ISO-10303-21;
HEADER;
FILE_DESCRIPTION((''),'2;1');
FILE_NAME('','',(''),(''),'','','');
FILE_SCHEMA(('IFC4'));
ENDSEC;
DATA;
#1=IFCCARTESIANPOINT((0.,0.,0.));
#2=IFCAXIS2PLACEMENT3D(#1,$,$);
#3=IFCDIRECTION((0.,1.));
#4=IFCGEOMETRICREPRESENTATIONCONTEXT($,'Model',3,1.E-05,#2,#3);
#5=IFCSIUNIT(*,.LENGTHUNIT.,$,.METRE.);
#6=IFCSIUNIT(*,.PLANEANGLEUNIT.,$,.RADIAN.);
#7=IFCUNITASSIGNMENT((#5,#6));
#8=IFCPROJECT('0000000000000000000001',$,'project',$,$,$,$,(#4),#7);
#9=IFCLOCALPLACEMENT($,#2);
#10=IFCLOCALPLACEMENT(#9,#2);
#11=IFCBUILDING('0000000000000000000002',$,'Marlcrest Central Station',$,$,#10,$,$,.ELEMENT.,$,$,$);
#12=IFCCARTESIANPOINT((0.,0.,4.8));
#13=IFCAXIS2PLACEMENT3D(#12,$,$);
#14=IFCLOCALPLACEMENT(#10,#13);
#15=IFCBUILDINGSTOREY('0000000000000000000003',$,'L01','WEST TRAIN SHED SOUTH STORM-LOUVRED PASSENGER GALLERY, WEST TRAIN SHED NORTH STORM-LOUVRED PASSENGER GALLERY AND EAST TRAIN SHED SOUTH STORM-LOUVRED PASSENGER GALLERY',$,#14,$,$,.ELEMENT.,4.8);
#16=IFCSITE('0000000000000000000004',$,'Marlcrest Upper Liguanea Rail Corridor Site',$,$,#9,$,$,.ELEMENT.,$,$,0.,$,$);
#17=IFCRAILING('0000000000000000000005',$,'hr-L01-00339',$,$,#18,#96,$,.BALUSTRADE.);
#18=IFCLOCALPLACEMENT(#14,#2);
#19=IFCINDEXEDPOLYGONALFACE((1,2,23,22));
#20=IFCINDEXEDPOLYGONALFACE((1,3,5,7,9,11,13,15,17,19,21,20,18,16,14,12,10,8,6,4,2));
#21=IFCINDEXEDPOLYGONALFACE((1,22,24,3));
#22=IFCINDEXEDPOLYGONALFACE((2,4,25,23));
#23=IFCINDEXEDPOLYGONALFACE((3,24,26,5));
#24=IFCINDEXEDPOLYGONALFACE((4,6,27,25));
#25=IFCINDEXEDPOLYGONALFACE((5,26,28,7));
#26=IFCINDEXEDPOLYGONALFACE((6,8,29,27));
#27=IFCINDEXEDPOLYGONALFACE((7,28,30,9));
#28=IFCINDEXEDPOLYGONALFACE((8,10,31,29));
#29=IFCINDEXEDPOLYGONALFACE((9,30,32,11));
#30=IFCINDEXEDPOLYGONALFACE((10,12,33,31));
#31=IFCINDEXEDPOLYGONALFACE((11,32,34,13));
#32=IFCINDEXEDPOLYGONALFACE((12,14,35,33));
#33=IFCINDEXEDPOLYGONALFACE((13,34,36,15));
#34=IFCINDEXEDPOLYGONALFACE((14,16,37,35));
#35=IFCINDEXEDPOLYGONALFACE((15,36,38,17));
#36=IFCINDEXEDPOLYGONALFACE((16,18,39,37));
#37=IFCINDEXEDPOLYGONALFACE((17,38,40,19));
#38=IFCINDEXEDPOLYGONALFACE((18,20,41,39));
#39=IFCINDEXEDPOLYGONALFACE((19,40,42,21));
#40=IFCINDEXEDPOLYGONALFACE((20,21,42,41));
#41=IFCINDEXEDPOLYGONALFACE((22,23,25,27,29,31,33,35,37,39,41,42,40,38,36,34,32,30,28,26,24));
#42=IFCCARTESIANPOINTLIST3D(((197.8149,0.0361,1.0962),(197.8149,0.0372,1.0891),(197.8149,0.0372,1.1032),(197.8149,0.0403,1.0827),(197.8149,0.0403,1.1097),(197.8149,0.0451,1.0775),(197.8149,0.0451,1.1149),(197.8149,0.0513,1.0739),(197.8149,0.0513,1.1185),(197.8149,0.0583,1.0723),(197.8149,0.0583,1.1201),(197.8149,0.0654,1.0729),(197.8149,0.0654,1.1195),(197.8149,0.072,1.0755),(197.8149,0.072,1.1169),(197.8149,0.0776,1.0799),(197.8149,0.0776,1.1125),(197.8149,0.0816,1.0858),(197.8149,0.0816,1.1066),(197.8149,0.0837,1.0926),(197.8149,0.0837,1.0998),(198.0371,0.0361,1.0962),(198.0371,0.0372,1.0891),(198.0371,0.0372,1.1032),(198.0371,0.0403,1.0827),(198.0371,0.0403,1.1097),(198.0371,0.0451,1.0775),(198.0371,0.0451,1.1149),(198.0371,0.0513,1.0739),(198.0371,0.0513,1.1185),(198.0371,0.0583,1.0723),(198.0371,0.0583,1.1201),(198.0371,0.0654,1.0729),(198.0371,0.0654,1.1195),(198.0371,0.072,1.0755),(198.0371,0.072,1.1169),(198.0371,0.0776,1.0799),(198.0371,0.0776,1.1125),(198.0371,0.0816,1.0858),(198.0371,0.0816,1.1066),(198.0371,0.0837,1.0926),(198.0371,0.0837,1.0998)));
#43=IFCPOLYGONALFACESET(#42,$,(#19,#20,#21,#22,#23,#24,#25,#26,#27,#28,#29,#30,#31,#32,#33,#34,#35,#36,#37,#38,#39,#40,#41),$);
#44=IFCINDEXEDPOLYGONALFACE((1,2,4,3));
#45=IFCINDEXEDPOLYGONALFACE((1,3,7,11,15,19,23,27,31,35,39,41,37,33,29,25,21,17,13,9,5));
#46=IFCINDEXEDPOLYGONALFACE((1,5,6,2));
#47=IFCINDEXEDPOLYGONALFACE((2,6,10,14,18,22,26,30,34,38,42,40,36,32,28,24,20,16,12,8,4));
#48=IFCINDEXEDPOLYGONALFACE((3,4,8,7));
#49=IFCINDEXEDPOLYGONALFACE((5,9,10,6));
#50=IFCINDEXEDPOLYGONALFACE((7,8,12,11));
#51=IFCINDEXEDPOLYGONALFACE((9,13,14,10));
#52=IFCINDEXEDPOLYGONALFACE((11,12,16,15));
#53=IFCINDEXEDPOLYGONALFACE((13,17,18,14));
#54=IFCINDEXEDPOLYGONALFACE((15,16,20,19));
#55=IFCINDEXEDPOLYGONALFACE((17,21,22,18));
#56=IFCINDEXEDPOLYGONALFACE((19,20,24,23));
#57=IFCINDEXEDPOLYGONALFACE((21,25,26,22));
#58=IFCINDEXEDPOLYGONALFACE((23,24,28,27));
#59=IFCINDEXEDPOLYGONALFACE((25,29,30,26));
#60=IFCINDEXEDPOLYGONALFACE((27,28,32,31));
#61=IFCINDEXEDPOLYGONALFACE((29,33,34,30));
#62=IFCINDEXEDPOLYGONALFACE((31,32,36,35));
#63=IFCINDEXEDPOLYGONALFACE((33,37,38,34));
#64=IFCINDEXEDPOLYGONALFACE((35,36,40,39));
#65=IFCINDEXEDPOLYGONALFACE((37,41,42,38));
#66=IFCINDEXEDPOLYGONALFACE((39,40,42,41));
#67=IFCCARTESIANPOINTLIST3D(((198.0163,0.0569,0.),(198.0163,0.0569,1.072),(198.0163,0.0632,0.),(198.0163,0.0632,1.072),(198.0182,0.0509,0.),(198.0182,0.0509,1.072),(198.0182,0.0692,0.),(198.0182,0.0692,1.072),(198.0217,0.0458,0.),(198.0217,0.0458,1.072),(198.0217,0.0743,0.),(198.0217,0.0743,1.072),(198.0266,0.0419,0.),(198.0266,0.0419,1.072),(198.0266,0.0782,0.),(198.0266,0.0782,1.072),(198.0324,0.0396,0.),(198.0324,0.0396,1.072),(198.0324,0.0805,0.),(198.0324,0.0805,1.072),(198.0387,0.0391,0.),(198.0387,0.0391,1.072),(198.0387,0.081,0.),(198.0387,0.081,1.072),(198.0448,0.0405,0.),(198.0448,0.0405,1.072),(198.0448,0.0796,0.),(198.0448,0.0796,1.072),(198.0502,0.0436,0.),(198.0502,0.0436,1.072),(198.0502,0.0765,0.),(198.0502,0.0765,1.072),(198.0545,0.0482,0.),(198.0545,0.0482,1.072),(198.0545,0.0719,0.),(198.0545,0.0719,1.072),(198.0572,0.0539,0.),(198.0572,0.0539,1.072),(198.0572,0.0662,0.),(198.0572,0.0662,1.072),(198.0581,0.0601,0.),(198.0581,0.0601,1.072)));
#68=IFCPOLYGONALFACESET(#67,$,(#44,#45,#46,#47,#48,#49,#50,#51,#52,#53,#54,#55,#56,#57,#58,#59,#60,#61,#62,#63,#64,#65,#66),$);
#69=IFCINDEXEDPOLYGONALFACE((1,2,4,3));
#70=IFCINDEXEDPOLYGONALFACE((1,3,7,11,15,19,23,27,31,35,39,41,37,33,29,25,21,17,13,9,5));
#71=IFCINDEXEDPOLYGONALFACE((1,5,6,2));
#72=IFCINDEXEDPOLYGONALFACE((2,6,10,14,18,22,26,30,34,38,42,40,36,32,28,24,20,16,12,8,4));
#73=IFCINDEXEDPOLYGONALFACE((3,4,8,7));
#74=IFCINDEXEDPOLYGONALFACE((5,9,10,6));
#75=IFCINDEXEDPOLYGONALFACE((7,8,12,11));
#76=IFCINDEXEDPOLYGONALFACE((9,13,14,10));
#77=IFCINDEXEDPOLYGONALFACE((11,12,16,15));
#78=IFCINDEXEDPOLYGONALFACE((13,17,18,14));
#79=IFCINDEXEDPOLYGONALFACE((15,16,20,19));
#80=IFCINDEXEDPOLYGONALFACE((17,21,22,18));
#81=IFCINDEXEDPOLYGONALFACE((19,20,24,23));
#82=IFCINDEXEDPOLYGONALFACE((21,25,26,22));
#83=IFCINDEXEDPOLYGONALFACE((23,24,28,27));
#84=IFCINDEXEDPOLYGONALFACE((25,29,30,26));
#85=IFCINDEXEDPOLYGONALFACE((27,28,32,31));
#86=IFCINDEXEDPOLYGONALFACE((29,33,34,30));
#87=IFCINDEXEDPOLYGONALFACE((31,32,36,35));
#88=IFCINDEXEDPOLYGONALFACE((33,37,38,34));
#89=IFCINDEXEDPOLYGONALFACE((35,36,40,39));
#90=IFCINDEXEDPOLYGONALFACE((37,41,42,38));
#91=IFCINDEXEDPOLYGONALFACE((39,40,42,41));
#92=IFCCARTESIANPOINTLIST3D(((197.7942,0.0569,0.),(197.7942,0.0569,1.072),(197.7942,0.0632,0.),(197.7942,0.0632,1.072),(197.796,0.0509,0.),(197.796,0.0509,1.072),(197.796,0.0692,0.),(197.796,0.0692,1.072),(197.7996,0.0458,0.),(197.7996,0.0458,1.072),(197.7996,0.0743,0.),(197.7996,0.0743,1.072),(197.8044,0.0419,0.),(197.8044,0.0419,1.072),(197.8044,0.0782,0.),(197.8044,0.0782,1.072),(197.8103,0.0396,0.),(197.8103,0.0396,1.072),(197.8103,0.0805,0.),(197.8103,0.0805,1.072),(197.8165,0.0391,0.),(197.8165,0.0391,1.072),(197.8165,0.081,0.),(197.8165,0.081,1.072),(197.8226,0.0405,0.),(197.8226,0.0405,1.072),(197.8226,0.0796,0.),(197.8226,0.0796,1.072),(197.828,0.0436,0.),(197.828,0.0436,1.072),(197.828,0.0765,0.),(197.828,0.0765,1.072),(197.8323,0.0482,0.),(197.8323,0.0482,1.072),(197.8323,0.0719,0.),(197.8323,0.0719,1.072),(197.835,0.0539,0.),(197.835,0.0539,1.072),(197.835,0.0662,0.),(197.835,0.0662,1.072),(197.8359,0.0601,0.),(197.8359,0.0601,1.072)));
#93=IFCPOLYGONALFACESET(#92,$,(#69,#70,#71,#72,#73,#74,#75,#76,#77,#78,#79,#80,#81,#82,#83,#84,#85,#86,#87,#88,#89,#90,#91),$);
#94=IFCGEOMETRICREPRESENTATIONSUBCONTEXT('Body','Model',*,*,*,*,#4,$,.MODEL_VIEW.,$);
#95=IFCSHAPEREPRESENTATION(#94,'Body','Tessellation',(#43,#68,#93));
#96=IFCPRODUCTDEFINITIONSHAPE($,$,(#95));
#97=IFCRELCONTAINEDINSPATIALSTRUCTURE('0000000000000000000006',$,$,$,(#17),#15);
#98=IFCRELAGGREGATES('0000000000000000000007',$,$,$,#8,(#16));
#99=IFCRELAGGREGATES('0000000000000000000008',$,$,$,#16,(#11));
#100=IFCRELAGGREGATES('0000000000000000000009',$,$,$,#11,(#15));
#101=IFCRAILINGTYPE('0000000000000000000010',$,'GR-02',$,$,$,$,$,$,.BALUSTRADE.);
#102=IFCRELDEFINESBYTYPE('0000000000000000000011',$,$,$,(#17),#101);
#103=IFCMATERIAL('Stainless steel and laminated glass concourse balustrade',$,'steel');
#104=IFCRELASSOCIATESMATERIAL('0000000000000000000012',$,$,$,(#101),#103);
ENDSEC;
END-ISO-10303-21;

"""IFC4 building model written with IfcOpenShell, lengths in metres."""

from ifc_helpers import new_model, si_unit, direction, frame, origin, origin_2d, place, context, subcontext, project, spatial, circle, extrude, material, type_object, element, save


model = new_model("IFC4")

# Units and contexts
model_context = context("Model", 3, precision=1e-05, world=origin(), true_north=direction((0.0, 1.0)))
body_context = subcontext(model_context, "Body", "Model", "MODEL_VIEW")
ifc_project = project(units=[si_unit("LENGTHUNIT", "METRE"), si_unit("PLANEANGLEUNIT", "RADIAN")], contexts=[model_context])

# Site, building, storey
site_placement = place(None, origin())
site = spatial("IfcSite", under=ifc_project, at=site_placement, Name="Marlcrest Upper Liguanea Rail Corridor Site", CompositionType="ELEMENT", RefElevation=0.0)
building_placement = place(site_placement, origin())
building = spatial("IfcBuilding", under=site, at=building_placement, Name="Marlcrest Central Station", CompositionType="ELEMENT")
storey_placement = place(building_placement, frame((0.0, 0.0, 4.8)))
storey = spatial("IfcBuildingStorey", under=building, at=storey_placement, Name="L01", Description="WEST TRAIN SHED SOUTH STORM-LOUVRED PASSENGER GALLERY, WEST TRAIN SHED NORTH STORM-LOUVRED PASSENGER GALLERY AND EAST TRAIN SHED SOUTH STORM-LOUVRED PASSENGER GALLERY", CompositionType="ELEMENT", Elevation=4.8)

# Railing
ifc_material_1 = material(Name="Stainless steel and laminated glass concourse balustrade", Category="steel")
railing_type_1 = type_object("IfcRailingType", Name="GR-02", PredefinedType="BALUSTRADE", material=ifc_material_1)
railing_1_placement = place(storey_placement, frame((198.0371, 0.0601, 0.0)))
element("IfcRailing", 1, at=railing_1_placement, inside=storey, type_object=railing_type_1, Name="hr-L01-00339", PredefinedType="BALUSTRADE", context=body_context, shape_type="SweptSolid", body=[
    extrude(circle(Radius=0.0239, at=origin_2d()), frame((0.0, 0.0, 1.0962), z_axis=(-1.0, 0.0, 0.0), x_axis=(0.0, -1.0, 0.0)), (0.0, 0.0, 1.0), 0.2222),
    extrude(circle(Radius=0.021, at=origin_2d()), origin(), (0.0, 0.0, 1.0), 1.072),
    extrude(circle(Radius=0.021, at=origin_2d()), frame((-0.2222, 0.0, 0.0)), (0.0, 0.0, 1.0), 1.072),
])

save(model, "model.ifc")
